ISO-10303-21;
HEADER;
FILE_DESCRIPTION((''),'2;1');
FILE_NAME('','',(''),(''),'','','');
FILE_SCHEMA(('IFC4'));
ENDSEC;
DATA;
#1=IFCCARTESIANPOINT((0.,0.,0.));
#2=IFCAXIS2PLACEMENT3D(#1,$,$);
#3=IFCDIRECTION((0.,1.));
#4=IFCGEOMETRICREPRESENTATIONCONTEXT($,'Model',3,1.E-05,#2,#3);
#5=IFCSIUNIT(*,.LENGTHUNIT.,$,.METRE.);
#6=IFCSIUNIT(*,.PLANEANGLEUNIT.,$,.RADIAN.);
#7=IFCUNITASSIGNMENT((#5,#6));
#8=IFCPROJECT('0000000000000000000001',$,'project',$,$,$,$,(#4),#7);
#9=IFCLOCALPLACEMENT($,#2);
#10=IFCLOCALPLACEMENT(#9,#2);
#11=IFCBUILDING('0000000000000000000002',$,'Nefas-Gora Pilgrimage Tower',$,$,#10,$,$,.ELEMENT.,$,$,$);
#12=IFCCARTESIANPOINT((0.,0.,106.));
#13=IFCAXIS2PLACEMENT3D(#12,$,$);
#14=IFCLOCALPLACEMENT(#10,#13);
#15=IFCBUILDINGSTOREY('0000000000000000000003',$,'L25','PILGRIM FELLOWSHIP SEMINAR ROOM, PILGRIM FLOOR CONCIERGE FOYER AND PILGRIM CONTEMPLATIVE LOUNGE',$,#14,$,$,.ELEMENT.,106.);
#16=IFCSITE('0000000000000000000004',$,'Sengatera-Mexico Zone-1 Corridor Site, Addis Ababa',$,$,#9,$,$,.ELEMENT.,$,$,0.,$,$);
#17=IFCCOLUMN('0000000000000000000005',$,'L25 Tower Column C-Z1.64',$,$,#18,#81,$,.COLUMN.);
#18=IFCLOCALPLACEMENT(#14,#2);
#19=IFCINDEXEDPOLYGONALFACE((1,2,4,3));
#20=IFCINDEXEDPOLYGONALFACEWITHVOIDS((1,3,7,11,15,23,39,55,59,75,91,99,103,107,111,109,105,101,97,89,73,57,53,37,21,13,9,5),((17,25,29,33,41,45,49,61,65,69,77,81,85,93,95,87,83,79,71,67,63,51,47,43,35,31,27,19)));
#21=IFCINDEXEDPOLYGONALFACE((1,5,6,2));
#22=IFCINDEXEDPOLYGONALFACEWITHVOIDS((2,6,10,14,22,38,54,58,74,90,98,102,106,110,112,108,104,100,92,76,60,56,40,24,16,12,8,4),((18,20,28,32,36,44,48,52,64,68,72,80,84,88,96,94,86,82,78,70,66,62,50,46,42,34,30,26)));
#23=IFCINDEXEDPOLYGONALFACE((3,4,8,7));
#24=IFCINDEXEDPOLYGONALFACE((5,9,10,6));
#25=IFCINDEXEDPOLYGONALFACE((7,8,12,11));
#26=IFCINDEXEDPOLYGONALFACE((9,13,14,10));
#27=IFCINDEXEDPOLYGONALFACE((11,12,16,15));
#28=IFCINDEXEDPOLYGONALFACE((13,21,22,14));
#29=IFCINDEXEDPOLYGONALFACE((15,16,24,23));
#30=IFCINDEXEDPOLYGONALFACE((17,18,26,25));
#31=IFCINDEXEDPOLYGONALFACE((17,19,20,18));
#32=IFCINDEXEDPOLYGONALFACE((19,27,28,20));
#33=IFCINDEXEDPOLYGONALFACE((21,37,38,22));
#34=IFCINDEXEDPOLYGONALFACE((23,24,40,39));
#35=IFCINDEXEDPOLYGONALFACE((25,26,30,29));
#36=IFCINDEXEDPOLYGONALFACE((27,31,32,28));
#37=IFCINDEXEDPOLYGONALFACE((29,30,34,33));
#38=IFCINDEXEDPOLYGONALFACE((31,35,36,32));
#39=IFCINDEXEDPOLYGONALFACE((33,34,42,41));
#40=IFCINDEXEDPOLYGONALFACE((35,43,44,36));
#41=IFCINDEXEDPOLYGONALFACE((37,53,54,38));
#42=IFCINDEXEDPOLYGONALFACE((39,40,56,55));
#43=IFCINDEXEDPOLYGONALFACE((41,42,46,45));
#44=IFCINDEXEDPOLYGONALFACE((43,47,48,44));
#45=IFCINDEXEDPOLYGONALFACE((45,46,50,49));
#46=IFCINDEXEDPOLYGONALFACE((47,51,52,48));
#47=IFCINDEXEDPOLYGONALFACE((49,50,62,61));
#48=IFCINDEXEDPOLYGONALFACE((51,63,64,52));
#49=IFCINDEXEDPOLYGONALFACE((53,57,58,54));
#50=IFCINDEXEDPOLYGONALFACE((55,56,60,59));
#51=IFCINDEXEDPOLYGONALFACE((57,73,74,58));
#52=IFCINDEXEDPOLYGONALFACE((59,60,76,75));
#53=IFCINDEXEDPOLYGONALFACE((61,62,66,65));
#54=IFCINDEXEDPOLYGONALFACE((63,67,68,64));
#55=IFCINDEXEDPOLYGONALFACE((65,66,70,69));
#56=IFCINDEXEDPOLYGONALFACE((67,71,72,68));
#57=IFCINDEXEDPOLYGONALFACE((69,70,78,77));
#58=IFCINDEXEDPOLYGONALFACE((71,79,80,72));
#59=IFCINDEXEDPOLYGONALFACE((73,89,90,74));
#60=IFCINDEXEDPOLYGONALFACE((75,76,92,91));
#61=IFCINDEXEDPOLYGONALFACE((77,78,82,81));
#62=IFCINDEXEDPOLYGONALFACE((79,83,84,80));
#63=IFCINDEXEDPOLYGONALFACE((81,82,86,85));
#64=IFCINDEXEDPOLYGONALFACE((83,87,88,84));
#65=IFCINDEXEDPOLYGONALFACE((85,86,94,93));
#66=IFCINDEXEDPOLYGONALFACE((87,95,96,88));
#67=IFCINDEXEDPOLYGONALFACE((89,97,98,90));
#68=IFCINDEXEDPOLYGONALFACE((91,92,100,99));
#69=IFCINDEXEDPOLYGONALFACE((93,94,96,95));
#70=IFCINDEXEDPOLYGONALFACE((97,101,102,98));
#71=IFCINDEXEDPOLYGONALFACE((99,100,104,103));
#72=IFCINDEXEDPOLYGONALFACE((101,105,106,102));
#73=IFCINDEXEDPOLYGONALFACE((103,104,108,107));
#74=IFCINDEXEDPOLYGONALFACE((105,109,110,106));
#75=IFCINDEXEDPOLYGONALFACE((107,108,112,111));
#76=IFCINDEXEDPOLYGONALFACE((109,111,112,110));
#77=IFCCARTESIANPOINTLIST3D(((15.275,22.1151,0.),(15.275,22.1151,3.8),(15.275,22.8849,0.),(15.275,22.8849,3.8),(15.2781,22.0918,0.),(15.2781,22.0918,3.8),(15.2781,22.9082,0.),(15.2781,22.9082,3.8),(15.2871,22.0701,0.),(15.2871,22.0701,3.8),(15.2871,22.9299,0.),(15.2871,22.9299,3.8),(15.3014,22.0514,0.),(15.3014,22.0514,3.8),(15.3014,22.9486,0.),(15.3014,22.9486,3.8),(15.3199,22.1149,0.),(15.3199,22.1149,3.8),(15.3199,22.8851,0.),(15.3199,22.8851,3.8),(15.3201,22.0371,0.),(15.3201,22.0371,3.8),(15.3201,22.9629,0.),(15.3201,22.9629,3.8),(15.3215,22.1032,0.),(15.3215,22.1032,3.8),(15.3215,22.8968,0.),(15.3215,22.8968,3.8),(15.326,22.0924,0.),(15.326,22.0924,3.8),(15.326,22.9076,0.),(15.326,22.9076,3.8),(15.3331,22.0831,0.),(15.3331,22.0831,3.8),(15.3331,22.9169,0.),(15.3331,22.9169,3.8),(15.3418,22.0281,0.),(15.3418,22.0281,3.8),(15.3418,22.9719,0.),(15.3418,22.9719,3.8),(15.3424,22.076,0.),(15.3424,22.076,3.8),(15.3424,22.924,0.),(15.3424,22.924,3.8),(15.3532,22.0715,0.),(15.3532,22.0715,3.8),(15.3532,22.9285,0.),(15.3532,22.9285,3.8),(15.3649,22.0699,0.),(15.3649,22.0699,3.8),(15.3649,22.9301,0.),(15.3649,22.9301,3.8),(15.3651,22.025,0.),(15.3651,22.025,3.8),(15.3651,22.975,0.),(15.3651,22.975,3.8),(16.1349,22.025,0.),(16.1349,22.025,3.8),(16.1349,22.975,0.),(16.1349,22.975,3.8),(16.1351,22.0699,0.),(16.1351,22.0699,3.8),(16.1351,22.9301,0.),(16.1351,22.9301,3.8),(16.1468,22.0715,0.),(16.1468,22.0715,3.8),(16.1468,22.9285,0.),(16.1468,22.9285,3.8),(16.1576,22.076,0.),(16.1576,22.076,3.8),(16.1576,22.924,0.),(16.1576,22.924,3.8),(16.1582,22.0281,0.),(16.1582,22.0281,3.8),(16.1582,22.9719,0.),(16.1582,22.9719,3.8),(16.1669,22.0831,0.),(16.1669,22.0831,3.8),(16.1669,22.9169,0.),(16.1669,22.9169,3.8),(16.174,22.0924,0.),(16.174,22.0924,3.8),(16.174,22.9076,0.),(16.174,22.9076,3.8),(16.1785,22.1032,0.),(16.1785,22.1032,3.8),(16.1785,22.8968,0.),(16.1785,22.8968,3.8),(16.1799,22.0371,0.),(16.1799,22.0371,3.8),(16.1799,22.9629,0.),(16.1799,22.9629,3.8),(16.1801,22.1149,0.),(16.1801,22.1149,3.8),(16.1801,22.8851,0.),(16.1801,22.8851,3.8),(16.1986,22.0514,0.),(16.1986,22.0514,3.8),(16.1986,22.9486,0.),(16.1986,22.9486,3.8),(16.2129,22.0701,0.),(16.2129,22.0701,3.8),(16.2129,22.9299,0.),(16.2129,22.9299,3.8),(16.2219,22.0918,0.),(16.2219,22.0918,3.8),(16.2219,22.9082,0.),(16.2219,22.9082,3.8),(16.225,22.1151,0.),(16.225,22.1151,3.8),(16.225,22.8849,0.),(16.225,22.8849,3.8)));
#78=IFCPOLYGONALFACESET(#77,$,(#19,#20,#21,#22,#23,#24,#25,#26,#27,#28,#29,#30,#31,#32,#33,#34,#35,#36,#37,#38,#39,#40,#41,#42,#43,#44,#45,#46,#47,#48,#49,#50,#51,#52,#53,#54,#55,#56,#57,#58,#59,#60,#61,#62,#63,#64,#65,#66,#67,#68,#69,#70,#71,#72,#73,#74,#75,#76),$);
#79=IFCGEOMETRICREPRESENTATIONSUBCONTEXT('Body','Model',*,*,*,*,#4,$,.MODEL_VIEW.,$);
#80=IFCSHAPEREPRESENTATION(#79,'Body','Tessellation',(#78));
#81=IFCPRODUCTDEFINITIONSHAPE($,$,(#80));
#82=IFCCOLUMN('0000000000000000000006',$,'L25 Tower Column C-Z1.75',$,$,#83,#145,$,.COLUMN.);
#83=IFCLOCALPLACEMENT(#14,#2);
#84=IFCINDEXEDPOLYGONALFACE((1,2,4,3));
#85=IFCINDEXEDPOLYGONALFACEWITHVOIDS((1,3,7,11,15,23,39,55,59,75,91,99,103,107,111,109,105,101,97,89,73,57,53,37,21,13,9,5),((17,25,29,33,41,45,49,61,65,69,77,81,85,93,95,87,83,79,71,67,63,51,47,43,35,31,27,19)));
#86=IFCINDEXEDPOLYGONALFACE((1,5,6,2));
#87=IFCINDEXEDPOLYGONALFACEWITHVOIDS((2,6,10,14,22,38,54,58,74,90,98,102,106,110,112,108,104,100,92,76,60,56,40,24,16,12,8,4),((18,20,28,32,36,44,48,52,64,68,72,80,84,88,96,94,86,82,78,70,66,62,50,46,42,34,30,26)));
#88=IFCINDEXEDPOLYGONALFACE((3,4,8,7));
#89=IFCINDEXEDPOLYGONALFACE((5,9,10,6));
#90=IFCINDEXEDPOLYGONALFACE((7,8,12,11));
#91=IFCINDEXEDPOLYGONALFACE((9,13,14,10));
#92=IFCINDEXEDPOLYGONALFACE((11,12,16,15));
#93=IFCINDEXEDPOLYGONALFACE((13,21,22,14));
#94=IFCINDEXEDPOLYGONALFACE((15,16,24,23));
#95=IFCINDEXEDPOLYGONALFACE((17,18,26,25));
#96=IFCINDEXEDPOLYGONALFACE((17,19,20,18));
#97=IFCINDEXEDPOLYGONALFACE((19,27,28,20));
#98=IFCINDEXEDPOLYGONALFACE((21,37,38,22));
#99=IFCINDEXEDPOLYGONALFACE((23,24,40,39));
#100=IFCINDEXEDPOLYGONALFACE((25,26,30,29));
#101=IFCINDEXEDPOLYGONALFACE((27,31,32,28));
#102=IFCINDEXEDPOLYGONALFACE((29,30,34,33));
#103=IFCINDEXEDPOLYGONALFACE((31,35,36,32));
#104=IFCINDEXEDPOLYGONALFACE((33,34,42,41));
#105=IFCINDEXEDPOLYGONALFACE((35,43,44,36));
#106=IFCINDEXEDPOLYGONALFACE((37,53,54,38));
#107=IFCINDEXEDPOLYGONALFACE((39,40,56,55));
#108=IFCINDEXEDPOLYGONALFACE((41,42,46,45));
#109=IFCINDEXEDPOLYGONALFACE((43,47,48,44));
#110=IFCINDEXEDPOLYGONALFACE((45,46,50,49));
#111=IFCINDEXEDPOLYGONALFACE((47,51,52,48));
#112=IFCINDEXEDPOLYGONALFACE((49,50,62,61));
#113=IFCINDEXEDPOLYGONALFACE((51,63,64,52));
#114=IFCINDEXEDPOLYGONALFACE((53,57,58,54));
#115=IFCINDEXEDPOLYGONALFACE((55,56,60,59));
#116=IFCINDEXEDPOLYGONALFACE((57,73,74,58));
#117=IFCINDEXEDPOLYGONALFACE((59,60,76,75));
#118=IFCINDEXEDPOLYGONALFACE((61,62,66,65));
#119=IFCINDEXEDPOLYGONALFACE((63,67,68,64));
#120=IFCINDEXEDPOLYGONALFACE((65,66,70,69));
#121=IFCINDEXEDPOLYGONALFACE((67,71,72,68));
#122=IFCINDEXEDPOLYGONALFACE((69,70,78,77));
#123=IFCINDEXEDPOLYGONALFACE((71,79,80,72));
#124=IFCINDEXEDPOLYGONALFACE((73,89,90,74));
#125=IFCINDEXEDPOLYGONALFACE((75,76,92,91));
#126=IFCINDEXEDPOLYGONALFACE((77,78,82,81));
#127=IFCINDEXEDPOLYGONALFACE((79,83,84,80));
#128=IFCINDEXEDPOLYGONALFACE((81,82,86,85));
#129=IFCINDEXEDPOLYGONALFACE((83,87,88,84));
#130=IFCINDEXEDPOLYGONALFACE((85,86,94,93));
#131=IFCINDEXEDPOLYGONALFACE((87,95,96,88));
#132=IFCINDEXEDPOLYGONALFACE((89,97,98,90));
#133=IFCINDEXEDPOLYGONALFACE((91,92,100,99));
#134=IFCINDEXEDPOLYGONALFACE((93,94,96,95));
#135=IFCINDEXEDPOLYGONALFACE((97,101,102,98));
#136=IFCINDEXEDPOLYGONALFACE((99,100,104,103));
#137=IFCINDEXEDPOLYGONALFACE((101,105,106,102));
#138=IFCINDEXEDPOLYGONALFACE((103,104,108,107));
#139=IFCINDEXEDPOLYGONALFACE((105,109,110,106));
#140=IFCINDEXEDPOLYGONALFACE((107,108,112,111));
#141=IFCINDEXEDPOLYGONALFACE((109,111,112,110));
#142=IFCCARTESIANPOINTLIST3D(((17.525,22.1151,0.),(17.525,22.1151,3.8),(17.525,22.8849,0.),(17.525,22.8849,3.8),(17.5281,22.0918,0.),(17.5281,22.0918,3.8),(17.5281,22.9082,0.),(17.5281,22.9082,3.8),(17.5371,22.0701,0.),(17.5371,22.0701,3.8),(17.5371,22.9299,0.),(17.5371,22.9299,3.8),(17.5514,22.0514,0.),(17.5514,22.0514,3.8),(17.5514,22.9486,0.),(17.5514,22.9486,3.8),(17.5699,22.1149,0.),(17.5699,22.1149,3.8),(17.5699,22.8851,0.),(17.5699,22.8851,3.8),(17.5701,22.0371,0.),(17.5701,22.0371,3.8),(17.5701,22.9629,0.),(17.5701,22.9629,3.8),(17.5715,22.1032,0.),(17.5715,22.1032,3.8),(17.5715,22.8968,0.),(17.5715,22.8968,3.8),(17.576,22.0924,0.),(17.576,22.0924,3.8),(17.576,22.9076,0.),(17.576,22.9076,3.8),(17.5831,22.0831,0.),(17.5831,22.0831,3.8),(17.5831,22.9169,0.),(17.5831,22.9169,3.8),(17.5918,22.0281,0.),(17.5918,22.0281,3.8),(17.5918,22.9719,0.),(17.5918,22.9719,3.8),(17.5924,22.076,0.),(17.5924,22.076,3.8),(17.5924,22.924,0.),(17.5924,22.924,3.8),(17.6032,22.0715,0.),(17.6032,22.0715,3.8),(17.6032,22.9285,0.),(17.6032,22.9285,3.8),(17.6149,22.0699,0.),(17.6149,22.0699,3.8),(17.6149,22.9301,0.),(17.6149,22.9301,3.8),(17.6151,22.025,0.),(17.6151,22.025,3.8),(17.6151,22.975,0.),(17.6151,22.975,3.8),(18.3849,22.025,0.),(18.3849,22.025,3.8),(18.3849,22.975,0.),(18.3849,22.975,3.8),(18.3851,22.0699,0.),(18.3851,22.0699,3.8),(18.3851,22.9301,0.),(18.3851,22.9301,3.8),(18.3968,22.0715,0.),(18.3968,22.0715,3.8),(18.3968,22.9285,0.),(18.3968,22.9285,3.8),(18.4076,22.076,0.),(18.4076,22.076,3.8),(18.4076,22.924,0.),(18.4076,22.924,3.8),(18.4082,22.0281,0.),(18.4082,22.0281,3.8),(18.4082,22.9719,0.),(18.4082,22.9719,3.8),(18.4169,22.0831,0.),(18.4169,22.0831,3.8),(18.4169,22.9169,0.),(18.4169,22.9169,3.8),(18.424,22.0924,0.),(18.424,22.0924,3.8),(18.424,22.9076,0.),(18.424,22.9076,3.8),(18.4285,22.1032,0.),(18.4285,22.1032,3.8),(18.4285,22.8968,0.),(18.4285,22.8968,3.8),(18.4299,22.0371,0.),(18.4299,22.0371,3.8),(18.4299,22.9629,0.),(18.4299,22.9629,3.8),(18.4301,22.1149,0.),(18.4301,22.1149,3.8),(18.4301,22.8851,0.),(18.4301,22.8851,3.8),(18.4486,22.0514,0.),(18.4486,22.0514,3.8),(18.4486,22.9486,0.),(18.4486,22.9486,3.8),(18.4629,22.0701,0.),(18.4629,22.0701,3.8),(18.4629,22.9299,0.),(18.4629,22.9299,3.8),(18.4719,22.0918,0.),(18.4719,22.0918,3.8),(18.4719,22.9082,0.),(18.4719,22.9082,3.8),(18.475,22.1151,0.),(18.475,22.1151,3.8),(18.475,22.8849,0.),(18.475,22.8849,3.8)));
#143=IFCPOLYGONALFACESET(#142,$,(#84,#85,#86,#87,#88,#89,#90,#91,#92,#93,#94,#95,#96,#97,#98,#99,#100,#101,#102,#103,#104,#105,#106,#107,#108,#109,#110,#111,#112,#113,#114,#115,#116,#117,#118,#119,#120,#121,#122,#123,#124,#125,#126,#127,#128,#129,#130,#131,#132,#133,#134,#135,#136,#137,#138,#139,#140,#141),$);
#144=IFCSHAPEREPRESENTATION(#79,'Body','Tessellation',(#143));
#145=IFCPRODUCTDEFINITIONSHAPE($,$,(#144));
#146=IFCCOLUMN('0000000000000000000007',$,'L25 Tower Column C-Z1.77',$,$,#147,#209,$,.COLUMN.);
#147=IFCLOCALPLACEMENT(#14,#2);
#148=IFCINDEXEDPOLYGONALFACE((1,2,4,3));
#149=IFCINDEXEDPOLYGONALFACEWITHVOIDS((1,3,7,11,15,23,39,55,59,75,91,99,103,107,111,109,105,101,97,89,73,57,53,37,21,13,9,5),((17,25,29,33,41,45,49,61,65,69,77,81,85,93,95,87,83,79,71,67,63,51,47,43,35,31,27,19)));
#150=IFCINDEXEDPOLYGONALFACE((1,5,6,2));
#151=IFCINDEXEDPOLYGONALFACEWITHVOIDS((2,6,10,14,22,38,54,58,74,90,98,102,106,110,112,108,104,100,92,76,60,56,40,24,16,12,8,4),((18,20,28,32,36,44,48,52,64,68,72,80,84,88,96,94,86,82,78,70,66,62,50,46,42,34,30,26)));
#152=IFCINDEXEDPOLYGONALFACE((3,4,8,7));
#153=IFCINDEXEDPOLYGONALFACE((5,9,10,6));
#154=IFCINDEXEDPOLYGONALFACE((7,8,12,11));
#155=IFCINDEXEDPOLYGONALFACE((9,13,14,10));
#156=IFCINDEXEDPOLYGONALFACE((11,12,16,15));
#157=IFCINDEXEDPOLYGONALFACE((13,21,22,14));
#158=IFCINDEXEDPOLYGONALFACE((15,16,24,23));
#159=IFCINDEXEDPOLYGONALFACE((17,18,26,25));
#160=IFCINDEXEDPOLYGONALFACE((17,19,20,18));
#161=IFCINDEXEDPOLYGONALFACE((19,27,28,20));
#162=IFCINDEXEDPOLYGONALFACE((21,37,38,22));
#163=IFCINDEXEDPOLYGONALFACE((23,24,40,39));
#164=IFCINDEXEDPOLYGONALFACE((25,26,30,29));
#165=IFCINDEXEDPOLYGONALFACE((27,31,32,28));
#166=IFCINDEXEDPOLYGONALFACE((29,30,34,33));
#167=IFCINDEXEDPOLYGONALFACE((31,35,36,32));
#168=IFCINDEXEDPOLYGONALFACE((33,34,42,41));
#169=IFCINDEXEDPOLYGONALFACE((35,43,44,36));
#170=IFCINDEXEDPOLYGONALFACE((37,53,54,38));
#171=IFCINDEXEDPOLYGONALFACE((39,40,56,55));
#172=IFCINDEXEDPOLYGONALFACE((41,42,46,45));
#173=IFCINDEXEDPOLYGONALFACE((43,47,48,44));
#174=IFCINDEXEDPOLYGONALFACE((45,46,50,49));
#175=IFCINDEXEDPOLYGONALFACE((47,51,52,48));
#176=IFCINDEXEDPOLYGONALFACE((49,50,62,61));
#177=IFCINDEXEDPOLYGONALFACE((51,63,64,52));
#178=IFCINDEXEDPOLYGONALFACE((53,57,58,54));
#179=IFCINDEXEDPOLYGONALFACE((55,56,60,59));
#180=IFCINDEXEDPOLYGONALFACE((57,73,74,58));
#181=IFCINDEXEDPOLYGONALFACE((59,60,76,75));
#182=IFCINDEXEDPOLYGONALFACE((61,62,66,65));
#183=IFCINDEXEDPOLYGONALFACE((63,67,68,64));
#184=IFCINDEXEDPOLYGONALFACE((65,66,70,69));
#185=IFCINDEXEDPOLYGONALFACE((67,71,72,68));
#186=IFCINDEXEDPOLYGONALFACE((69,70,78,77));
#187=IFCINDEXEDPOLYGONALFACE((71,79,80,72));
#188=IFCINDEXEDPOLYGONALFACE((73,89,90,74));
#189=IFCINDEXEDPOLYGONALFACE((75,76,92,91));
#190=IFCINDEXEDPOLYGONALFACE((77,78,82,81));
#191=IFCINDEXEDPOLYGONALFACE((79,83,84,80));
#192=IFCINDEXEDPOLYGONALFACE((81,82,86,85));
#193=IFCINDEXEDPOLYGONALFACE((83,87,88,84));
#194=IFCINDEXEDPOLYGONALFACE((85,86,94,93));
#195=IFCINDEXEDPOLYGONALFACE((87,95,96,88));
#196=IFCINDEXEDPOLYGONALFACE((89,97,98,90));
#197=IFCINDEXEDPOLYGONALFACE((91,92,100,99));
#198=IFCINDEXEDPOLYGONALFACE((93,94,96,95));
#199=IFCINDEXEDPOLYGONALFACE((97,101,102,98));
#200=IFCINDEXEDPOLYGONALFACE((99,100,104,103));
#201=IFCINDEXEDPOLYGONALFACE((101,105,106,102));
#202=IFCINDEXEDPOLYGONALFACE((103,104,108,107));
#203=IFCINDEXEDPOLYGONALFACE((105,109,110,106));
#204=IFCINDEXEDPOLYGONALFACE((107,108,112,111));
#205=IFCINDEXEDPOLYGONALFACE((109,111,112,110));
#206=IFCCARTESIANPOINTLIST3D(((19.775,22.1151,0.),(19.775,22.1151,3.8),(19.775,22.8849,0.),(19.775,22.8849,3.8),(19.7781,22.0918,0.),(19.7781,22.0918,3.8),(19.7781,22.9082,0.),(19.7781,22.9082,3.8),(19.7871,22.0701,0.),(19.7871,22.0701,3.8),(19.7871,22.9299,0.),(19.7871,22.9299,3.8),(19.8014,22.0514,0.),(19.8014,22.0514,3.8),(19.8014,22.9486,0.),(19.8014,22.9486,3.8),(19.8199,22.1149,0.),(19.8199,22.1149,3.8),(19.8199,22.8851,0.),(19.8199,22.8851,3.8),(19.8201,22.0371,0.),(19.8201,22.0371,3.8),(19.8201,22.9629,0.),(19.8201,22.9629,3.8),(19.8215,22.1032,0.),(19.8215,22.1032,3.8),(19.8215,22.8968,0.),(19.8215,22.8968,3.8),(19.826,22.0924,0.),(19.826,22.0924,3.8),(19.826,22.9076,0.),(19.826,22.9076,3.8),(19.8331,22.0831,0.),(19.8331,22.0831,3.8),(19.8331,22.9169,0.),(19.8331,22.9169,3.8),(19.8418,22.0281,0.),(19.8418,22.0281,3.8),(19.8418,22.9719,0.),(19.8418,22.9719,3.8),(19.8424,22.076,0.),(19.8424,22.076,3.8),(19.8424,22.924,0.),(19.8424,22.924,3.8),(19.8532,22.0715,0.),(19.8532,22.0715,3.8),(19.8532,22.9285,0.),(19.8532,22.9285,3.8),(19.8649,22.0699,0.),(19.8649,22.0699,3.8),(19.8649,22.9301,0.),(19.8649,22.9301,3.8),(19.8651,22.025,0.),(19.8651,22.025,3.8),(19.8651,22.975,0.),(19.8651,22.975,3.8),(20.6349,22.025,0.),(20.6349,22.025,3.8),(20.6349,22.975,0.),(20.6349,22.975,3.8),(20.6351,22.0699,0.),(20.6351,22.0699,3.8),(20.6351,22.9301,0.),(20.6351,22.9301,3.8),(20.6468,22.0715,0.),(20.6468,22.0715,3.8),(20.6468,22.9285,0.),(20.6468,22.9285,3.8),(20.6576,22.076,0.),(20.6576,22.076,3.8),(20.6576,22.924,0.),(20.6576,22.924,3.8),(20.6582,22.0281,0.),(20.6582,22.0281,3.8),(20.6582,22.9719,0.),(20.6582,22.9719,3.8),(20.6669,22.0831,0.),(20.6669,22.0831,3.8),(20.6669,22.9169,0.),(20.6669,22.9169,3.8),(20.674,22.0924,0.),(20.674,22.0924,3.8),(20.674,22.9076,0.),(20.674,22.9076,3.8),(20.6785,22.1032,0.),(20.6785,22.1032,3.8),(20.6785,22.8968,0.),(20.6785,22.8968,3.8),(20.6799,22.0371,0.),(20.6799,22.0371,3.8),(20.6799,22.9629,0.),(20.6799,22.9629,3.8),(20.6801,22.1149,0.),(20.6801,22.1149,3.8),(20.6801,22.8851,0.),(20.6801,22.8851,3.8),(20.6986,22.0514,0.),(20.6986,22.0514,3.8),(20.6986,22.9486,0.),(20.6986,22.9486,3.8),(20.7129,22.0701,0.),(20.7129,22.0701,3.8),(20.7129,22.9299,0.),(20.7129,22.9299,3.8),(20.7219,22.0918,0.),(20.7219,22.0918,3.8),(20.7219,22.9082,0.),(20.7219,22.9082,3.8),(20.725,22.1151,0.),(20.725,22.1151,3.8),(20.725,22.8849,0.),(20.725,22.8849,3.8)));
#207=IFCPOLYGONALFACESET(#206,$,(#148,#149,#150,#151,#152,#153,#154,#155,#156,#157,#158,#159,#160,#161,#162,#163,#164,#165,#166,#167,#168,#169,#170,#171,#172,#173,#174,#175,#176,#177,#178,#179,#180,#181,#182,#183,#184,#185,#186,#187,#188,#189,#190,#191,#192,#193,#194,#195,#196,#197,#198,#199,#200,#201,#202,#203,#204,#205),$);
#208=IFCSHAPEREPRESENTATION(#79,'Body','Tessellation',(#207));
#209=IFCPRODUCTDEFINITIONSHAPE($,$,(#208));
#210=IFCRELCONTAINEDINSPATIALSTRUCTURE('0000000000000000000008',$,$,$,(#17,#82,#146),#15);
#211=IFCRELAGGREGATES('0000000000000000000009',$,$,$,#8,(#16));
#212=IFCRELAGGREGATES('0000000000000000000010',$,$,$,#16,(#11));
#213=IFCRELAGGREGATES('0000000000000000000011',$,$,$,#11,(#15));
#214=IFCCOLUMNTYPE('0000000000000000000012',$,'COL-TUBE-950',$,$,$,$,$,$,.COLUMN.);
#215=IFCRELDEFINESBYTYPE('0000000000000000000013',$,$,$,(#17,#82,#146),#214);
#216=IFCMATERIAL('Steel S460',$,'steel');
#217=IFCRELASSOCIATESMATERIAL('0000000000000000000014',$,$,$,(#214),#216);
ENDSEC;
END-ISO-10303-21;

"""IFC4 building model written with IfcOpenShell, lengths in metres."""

from ifc_helpers import new_model, si_unit, direction, frame, origin, origin_2d, place, context, subcontext, project, spatial, hollow_rectangle, extrude, source, transform, mapped, material, material_profile, profile_set, type_object, element, save


model = new_model("IFC4")

# Units and contexts
model_context = context("Model", 3, precision=1e-05, world=origin(), true_north=direction((0.0, 1.0)))
body_context = subcontext(model_context, "Body", "Model", "MODEL_VIEW")
ifc_project = project(units=[si_unit("LENGTHUNIT", "METRE"), si_unit("PLANEANGLEUNIT", "RADIAN")], contexts=[model_context])

# Site, building, storey
site_placement = place(None, origin())
site = spatial("IfcSite", under=ifc_project, at=site_placement, Name="Sengatera-Mexico Zone-1 Corridor Site, Addis Ababa", CompositionType="ELEMENT", RefElevation=0.0)
building_placement = place(site_placement, origin())
building = spatial("IfcBuilding", under=site, at=building_placement, Name="Nefas-Gora Pilgrimage Tower", CompositionType="ELEMENT")
storey_placement = place(building_placement, frame((0.0, 0.0, 106.0)))
storey = spatial("IfcBuildingStorey", under=building, at=storey_placement, Name="L25", Description="PILGRIM FELLOWSHIP SEMINAR ROOM, PILGRIM FLOOR CONCIERGE FOYER AND PILGRIM CONTEMPLATIVE LOUNGE", CompositionType="ELEMENT", Elevation=106.0)

# Columns
ifc_material_1 = material(Name="Steel S460", Category="steel")
ifc_material_profile_1 = material_profile(ifc_material_1, hollow_rectangle(XDim=0.95, YDim=0.95, WallThickness=0.0449, InnerFilletRadius=0.0449, OuterFilletRadius=0.0901, at=origin_2d()), Name="BOX 950x950x45")
ifc_profile_set_1 = profile_set([ifc_material_profile_1], Name="Steel S460")
column_type_1 = type_object("IfcColumnType", Name="COL-TUBE-950", PredefinedType="COLUMN", material=ifc_profile_set_1)
shared_shape_1 = source(origin(), body_context, "Body", "SweptSolid", [
    extrude(hollow_rectangle(XDim=0.95, YDim=0.95, WallThickness=0.0449, InnerFilletRadius=0.0449, OuterFilletRadius=0.0901, at=origin_2d()), origin(), (0.0, 0.0, 1.0), 3.8),
])
for number, where, z_axis, x_axis, name in (
    (1, (15.75, 22.5, 0.0), (0.0, 0.0, 1.0), (1.0, 0.0, 0.0), "L25 Tower Column C-Z1.64"),
    (2, (18.0, 22.5, 0.0), (0.0, 0.0, 1.0), (1.0, 0.0, 0.0), "L25 Tower Column C-Z1.75"),
    (3, (20.25, 22.5, 0.0), (0.0, 0.0, 1.0), (1.0, 0.0, 0.0), "L25 Tower Column C-Z1.77"),
):
    element("IfcColumn", number, at=place(storey_placement, frame(where, z_axis=z_axis, x_axis=x_axis)), inside=storey, type_object=column_type_1, Name=name, PredefinedType="COLUMN", context=body_context, shape_type="MappedRepresentation", body=[
        mapped(shared_shape_1, transform((0.0, 0.0, 0.0), x_axis=(1.0, 0.0, 0.0), y_axis=(0.0, 1.0, 0.0), z_axis=(0.0, 0.0, 1.0), scale=1.0)),
    ])

save(model, "model.ifc")
